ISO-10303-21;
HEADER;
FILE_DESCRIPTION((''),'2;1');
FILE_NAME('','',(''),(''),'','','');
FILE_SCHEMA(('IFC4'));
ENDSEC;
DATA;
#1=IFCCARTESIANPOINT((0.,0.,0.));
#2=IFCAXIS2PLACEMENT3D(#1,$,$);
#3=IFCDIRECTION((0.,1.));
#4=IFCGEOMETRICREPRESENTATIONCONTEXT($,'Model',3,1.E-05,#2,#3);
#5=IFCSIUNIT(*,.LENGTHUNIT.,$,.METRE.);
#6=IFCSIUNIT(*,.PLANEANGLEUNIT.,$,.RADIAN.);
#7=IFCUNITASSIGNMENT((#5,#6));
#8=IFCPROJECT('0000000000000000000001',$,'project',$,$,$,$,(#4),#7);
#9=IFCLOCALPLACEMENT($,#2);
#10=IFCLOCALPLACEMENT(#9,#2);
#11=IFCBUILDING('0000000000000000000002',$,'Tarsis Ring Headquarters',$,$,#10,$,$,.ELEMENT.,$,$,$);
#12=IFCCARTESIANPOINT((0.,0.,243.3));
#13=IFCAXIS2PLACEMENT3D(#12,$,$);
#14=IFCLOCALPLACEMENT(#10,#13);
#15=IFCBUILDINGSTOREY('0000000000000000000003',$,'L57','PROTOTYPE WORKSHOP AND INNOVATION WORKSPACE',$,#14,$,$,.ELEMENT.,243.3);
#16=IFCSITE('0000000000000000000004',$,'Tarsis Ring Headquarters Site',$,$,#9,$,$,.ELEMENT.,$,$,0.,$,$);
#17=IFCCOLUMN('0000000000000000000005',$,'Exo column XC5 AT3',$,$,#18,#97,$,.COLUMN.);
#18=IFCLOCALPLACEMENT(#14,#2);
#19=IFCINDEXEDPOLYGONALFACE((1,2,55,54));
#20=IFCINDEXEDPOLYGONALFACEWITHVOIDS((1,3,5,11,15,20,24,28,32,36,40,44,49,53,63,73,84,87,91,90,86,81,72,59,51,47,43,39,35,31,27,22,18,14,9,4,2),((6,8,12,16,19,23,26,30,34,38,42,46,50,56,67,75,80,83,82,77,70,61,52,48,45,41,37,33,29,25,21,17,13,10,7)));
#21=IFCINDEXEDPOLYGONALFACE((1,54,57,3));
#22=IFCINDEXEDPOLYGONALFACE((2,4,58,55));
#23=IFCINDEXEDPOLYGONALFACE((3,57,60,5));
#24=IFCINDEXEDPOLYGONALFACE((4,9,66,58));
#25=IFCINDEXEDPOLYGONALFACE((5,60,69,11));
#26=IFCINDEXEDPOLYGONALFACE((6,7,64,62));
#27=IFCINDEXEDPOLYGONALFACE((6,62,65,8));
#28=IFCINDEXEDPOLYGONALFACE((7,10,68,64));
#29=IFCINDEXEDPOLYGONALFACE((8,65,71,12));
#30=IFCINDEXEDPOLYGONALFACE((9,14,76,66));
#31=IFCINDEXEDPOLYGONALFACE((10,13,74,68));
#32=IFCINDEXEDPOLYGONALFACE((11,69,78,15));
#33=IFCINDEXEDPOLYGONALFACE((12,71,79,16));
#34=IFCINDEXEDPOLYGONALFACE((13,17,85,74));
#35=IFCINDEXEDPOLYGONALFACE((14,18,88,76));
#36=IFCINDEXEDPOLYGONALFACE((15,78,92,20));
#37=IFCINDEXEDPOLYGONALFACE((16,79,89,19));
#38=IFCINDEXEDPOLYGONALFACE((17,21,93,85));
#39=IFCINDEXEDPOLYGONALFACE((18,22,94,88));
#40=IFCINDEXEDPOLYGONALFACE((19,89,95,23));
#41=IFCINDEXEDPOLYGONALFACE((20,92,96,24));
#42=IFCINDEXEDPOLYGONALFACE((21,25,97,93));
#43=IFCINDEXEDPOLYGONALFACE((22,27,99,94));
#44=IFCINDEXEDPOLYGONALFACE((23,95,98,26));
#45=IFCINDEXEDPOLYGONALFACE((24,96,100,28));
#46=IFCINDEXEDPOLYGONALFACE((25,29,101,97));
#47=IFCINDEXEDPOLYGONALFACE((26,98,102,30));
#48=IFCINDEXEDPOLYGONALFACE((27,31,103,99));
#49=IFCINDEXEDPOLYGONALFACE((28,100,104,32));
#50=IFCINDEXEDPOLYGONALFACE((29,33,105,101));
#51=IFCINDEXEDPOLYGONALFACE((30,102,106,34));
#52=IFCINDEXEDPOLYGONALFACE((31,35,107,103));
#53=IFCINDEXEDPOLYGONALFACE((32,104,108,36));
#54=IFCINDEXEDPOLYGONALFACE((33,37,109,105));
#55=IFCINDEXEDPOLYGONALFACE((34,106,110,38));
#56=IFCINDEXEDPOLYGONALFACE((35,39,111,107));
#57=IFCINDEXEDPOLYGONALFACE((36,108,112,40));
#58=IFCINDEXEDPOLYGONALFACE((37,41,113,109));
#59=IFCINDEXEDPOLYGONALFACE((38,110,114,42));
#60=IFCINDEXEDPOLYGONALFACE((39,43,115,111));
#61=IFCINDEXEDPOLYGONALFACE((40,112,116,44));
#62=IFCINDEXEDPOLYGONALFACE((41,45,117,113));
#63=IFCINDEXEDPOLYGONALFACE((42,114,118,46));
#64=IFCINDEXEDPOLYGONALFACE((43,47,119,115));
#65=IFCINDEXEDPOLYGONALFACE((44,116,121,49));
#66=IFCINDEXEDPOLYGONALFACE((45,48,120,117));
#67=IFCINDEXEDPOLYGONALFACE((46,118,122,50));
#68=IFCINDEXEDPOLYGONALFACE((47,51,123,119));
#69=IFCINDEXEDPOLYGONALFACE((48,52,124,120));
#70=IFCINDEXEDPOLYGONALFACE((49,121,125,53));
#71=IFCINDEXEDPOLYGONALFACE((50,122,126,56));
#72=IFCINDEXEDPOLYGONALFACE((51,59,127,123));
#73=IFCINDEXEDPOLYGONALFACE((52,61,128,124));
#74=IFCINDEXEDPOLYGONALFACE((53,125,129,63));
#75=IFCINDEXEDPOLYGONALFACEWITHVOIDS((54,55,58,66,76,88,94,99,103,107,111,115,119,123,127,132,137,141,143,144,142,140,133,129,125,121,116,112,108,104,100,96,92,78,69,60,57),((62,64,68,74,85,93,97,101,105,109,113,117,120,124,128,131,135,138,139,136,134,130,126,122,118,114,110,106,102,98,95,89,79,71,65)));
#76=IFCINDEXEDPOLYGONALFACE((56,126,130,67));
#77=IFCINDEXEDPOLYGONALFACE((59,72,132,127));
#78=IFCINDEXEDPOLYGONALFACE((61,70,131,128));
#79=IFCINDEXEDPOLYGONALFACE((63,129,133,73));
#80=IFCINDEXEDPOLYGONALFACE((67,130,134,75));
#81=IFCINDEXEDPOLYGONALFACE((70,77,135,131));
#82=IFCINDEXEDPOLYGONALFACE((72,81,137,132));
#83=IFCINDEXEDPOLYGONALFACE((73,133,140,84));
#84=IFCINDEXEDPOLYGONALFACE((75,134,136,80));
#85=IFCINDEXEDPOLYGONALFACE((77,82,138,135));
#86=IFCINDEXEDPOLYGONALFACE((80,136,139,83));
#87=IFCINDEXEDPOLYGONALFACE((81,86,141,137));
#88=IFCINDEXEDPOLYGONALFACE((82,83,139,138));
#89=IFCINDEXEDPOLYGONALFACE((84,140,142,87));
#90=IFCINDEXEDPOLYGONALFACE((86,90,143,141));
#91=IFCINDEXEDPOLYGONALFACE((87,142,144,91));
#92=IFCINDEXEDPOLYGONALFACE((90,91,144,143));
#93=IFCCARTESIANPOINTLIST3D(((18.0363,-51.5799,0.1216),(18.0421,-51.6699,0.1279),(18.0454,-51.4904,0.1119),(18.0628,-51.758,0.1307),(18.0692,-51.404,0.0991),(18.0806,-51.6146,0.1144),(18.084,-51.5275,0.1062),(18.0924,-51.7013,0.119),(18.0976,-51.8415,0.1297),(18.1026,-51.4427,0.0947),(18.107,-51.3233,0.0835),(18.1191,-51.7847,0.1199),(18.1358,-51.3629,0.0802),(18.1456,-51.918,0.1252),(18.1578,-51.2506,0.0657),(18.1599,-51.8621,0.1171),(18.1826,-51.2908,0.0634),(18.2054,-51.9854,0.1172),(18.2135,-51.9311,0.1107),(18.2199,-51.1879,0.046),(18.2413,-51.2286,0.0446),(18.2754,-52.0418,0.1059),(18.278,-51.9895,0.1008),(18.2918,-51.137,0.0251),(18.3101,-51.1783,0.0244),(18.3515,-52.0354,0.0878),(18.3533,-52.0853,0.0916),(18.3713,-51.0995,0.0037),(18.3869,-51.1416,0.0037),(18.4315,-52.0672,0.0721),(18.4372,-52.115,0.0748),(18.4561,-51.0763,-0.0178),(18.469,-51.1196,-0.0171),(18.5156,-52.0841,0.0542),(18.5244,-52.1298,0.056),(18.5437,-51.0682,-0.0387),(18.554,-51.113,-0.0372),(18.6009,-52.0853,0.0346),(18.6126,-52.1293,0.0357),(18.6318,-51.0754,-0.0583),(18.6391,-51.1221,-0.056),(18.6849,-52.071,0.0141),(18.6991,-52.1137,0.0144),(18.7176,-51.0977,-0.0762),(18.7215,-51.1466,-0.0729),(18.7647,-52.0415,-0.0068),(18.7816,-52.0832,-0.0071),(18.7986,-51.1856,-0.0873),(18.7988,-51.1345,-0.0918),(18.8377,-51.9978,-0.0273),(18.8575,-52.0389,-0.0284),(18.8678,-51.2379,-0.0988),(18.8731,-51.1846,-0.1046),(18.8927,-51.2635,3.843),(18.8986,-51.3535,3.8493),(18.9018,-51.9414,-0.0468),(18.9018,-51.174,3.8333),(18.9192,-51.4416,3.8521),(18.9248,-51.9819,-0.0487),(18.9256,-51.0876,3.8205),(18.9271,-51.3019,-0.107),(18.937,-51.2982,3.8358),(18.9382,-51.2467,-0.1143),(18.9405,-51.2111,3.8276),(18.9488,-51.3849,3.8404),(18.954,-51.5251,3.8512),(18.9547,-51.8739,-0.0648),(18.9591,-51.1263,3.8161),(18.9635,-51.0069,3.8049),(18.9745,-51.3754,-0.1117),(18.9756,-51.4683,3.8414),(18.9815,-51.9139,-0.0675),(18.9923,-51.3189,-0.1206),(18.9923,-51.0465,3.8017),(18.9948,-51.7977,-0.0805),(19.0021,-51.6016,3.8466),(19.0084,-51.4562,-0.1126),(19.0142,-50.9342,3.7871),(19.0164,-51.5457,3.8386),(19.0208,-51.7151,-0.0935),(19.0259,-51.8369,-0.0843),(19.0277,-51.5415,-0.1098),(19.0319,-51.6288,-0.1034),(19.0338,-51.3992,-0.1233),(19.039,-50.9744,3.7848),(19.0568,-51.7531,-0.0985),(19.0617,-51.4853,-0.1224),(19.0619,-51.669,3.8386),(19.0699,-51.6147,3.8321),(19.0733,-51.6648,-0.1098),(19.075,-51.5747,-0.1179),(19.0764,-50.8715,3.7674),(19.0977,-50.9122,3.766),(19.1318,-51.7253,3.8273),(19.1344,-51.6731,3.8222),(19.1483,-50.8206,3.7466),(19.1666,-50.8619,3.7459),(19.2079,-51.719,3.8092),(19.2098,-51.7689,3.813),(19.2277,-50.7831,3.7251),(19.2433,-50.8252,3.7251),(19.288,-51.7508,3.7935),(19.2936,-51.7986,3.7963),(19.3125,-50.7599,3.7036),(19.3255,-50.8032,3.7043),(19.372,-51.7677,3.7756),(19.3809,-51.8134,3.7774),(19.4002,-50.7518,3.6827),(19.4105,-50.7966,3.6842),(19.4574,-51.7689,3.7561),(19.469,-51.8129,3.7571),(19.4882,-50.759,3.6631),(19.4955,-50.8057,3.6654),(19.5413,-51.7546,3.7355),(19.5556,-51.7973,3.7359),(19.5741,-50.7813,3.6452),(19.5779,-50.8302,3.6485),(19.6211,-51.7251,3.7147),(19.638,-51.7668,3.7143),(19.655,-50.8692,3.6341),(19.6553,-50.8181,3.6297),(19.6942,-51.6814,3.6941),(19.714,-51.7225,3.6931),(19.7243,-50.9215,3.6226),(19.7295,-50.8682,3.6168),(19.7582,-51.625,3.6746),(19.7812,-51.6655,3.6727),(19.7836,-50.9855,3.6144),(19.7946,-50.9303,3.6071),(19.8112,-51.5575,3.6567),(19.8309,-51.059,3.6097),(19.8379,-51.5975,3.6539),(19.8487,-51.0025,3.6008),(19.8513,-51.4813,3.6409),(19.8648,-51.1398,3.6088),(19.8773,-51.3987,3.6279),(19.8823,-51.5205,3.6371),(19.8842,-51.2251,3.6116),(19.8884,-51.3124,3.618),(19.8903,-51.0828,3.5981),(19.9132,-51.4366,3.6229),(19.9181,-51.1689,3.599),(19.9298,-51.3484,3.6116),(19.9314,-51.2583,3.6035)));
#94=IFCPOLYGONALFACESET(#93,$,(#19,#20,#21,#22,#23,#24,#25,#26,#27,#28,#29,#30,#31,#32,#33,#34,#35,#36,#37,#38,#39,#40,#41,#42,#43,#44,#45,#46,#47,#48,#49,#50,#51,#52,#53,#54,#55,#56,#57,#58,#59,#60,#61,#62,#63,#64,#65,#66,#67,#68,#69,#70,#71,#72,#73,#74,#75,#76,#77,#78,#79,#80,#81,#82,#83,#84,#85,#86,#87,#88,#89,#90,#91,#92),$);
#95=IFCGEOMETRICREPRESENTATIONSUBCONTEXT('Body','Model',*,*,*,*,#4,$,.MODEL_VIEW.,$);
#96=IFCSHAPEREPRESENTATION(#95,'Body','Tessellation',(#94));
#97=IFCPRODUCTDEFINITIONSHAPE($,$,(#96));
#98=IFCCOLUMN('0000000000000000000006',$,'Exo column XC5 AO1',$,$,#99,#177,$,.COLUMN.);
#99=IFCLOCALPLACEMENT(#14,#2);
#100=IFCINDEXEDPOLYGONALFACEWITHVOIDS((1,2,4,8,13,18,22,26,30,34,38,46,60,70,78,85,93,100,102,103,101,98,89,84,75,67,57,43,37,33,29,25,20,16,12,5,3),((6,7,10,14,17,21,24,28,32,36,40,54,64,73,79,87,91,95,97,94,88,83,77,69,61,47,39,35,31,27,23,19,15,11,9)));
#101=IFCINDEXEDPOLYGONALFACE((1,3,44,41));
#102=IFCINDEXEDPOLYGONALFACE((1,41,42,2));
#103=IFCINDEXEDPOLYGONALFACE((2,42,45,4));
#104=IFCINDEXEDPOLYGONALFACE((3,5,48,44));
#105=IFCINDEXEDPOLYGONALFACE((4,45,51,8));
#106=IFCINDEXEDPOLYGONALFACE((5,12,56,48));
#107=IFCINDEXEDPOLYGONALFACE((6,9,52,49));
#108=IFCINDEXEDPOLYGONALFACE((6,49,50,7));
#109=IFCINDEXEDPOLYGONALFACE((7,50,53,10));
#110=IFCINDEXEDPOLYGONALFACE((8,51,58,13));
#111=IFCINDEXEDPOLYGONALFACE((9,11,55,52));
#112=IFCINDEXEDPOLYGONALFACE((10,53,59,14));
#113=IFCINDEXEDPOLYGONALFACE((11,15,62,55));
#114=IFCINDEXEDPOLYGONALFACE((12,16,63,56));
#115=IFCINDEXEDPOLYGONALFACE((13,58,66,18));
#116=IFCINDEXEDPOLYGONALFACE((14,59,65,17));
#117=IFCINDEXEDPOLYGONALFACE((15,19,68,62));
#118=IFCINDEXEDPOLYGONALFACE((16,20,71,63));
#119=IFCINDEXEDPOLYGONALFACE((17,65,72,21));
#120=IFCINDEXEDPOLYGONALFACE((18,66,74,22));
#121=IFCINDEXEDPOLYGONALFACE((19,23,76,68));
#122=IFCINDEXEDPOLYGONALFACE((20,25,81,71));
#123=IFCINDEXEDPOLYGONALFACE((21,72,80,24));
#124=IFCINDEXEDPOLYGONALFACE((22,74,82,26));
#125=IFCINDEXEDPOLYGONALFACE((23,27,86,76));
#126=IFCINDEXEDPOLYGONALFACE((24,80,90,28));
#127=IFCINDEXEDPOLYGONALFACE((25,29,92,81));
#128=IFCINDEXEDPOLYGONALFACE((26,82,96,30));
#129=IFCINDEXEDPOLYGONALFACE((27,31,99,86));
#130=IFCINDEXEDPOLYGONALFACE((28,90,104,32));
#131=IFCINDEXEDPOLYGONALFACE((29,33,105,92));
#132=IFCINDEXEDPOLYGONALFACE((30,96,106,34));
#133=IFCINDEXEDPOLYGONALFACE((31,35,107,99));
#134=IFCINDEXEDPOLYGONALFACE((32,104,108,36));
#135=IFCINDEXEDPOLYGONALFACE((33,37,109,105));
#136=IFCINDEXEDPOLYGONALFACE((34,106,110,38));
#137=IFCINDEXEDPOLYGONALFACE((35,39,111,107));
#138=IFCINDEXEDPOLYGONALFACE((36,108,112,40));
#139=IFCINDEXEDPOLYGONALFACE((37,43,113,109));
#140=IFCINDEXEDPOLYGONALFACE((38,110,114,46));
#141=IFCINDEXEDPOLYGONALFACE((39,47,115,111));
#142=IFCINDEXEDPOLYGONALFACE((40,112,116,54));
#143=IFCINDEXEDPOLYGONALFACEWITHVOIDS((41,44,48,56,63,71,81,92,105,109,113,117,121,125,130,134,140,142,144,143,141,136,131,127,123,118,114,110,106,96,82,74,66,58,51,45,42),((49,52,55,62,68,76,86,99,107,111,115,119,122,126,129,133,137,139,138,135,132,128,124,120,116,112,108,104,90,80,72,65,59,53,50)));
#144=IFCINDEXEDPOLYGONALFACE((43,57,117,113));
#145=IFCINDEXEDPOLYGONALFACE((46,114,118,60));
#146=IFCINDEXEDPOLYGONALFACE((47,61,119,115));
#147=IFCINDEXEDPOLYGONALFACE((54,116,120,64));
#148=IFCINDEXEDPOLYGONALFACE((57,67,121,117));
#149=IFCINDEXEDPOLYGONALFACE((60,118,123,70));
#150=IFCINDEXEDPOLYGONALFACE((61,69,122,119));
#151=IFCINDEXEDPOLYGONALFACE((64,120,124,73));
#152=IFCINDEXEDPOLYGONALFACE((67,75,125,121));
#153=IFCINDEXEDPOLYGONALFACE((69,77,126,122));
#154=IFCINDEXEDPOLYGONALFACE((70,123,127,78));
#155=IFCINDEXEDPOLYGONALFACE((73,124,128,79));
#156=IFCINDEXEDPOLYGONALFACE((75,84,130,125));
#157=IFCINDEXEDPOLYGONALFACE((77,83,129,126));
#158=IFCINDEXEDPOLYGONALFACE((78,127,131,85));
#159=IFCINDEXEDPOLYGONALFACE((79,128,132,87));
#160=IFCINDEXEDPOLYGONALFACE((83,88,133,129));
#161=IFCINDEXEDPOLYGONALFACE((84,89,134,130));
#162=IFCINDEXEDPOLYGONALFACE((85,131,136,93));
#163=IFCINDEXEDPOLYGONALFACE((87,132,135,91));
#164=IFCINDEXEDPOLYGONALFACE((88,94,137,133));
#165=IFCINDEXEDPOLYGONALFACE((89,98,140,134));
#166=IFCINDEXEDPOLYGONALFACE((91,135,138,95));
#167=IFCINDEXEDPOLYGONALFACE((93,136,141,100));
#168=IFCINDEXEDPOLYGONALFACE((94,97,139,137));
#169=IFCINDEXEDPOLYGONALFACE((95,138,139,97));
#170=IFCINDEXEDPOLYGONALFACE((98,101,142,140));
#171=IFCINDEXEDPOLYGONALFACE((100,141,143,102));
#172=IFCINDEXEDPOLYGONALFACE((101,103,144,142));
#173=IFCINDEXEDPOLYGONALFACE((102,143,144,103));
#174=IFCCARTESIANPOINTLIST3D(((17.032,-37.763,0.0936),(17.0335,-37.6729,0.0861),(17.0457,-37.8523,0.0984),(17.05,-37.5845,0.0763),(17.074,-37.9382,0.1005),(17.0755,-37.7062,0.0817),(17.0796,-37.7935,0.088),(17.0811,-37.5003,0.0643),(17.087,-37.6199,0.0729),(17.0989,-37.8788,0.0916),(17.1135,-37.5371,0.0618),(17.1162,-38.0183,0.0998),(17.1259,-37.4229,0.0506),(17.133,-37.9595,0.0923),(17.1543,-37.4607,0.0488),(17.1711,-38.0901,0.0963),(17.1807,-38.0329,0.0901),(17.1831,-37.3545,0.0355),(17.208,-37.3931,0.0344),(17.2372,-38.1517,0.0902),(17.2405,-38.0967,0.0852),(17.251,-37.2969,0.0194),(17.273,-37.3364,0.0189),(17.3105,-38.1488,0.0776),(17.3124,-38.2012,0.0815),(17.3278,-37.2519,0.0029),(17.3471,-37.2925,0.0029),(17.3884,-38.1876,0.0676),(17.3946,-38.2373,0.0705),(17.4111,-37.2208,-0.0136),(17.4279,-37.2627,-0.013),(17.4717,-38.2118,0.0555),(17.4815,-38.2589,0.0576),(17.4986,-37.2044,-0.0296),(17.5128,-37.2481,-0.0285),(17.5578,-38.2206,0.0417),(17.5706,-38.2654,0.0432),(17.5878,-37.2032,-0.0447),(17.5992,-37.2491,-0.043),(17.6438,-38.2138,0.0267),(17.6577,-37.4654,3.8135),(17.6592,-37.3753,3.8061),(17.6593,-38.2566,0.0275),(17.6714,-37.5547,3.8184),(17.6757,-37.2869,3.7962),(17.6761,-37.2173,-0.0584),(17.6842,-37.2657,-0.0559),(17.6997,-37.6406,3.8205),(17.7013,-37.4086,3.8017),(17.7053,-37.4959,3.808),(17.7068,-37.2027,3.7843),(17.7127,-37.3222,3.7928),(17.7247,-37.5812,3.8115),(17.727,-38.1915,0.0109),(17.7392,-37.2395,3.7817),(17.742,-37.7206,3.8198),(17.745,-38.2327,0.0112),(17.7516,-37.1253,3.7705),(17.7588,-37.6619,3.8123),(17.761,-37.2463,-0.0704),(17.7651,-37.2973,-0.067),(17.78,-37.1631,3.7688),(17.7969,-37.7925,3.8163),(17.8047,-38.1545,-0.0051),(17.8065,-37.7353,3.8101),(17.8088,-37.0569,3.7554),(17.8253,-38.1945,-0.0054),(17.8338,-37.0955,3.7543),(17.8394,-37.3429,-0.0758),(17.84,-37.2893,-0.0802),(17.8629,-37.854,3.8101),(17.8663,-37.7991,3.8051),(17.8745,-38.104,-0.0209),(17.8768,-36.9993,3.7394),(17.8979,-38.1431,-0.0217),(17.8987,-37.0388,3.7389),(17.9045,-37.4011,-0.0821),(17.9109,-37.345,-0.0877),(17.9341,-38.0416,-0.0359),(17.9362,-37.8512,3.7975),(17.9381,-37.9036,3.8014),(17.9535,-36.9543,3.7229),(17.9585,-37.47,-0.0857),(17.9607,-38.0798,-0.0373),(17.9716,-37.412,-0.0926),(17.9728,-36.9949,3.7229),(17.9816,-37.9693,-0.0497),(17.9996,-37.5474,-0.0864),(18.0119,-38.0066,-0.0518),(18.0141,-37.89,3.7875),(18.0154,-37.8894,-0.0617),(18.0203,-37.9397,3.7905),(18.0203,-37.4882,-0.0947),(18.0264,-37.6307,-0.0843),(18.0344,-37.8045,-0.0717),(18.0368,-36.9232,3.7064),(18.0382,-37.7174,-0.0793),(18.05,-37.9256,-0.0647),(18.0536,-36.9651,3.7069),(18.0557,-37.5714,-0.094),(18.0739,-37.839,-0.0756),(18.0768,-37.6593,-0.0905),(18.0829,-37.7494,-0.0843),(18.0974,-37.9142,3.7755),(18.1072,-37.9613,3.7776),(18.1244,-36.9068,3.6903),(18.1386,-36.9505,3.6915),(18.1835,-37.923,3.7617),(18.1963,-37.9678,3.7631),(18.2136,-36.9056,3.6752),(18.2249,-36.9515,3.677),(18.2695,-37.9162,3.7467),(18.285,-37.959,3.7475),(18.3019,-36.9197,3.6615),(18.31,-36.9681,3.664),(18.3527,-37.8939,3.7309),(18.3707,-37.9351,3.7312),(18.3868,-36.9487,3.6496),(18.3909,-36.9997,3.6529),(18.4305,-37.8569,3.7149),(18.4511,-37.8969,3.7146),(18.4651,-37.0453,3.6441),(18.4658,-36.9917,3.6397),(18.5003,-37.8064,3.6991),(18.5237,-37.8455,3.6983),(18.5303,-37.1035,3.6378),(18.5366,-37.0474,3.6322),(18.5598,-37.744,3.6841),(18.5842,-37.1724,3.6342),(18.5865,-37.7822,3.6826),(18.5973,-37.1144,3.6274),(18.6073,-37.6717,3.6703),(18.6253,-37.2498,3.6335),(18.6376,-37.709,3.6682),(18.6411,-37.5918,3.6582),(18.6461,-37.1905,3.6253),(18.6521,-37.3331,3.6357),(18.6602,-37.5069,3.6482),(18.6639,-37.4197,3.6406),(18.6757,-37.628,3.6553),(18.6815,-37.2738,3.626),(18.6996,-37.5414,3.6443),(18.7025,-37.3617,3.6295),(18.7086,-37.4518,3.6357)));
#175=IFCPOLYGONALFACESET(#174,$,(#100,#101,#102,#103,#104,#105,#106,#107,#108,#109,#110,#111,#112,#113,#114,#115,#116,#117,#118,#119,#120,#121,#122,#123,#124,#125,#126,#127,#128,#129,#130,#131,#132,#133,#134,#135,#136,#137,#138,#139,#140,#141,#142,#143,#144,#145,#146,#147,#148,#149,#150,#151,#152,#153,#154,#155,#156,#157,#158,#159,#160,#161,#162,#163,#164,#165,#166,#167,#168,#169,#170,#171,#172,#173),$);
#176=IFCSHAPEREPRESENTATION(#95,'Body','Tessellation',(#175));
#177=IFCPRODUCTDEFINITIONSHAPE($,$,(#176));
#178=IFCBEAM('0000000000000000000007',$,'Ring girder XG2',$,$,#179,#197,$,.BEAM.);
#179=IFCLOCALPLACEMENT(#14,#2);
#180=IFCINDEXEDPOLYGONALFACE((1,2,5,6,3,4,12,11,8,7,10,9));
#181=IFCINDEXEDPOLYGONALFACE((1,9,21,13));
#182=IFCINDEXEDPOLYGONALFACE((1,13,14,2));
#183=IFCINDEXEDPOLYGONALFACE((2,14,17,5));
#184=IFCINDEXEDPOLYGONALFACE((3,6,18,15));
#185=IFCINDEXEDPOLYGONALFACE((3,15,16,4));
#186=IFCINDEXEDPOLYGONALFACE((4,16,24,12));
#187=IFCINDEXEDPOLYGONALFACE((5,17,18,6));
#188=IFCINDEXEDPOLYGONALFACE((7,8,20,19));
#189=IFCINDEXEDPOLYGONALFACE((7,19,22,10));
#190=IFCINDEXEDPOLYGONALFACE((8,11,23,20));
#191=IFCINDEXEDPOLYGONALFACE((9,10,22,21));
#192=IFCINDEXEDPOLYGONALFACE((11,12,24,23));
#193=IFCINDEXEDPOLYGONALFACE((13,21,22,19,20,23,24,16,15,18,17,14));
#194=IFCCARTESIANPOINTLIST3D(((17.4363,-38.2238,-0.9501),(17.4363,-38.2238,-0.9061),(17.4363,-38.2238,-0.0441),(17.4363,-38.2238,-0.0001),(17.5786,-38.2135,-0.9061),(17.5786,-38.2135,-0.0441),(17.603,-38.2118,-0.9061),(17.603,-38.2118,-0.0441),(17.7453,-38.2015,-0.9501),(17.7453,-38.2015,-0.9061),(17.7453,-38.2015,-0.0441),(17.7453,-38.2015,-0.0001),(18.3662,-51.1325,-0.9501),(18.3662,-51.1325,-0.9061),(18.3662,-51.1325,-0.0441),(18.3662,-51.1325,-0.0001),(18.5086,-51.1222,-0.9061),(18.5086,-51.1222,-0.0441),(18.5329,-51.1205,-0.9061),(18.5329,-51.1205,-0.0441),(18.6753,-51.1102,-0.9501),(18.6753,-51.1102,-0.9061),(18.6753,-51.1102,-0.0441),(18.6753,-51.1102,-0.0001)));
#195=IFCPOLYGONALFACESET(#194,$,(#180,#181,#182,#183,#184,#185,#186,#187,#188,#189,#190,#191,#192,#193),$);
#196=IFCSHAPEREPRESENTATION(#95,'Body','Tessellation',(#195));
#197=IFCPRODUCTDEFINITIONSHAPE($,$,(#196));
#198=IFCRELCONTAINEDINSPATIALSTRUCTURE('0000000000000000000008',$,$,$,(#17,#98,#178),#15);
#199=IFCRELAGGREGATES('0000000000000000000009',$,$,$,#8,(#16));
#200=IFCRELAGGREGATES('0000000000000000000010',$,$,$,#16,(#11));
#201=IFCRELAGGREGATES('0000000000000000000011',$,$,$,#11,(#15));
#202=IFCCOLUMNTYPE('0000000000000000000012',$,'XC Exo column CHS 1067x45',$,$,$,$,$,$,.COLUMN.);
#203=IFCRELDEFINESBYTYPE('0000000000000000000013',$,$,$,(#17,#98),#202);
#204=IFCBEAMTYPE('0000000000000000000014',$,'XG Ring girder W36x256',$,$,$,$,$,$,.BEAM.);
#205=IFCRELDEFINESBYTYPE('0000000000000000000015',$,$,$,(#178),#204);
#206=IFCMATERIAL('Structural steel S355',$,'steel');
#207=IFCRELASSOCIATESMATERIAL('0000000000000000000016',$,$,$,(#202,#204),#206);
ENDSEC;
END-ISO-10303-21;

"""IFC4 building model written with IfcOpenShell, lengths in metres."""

from ifc_helpers import new_model, si_unit, direction, frame, origin, origin_2d, place, context, subcontext, project, spatial, hollow_circle, i_section, extrude, material, material_profile, profile_set, type_object, element, save


model = new_model("IFC4")

# Units and contexts
model_context = context("Model", 3, precision=1e-05, world=origin(), true_north=direction((0.0, 1.0)))
body_context = subcontext(model_context, "Body", "Model", "MODEL_VIEW")
ifc_project = project(units=[si_unit("LENGTHUNIT", "METRE"), si_unit("PLANEANGLEUNIT", "RADIAN")], contexts=[model_context])

# Site, building, storey
site_placement = place(None, origin())
site = spatial("IfcSite", under=ifc_project, at=site_placement, Name="Tarsis Ring Headquarters Site", CompositionType="ELEMENT", RefElevation=0.0)
building_placement = place(site_placement, origin())
building = spatial("IfcBuilding", under=site, at=building_placement, Name="Tarsis Ring Headquarters", CompositionType="ELEMENT")
storey_placement = place(building_placement, frame((0.0, 0.0, 243.3)))
storey = spatial("IfcBuildingStorey", under=building, at=storey_placement, Name="L57", Description="PROTOTYPE WORKSHOP AND INNOVATION WORKSPACE", CompositionType="ELEMENT", Elevation=243.3)

# Columns
ifc_material_1 = material(Name="Structural steel S355", Category="steel")
ifc_material_profile_1 = material_profile(ifc_material_1, hollow_circle(Radius=0.5334, WallThickness=0.0449, at=origin_2d()), Name="CHS 1067x45")
ifc_profile_set_1 = profile_set([ifc_material_profile_1], Name="Structural steel S355")
column_type = type_object("IfcColumnType", Name="XC Exo column CHS 1067x45", PredefinedType="COLUMN", material=ifc_profile_set_1)
column_1_placement = place(storey_placement, frame((18.5562, -51.5999, 0.0037), z_axis=(0.22351, 0.082574, 0.971198), x_axis=(-0.346548, 0.938032, 0.0)))
element("IfcColumn", 1, at=column_1_placement, inside=storey, type_object=column_type, Name="Exo column XC5 AT3", PredefinedType="COLUMN", context=body_context, shape_type="SweptSolid", body=[
    extrude(hollow_circle(Radius=0.5334, WallThickness=0.0449, at=origin_2d()), origin(), (0.0, 0.0, 1.0), 3.8318),
])
column_2_placement = place(storey_placement, frame((17.5569, -37.7336, 0.0029), z_axis=(0.165365, 0.07865, 0.983091), x_axis=(-0.42951, 0.903062, 0.0)))
element("IfcColumn", 2, at=column_2_placement, inside=storey, type_object=column_type, Name="Exo column XC5 AO1", PredefinedType="COLUMN", context=body_context, shape_type="SweptSolid", body=[
    extrude(hollow_circle(Radius=0.5334, WallThickness=0.0449, at=origin_2d()), origin(), (0.0, 0.0, 1.0), 3.7839),
])

# Beam
ifc_material_profile_2 = material_profile(ifc_material_1, i_section(OverallWidth=0.3098, OverallDepth=0.95, WebThickness=0.0244, FlangeThickness=0.0439, at=origin_2d()), Name="W36x256")
ifc_profile_set_2 = profile_set([ifc_material_profile_2], Name="Structural steel S355")
beam_type = type_object("IfcBeamType", Name="XG Ring girder W36x256", PredefinedType="BEAM", material=ifc_profile_set_2)
for number, where, z_axis, x_axis, name in (
    (3, (18.5208, -51.1213, -0.4751), (-0.071853, 0.997415, 0.0), (-0.997415, -0.071853, 0.0), "Ring girder XG2"),
):
    element("IfcBeam", number, at=place(storey_placement, frame(where, z_axis=z_axis, x_axis=x_axis)), inside=storey, type_object=beam_type, Name=name, PredefinedType="BEAM", context=body_context, shape_type="SweptSolid", body=[
        extrude(i_section(OverallWidth=0.3098, OverallDepth=0.95, WebThickness=0.0244, FlangeThickness=0.0439, at=origin_2d()), origin(), (0.0, 0.0, 1.0), 12.9421),
    ])

save(model, "model.ifc")
